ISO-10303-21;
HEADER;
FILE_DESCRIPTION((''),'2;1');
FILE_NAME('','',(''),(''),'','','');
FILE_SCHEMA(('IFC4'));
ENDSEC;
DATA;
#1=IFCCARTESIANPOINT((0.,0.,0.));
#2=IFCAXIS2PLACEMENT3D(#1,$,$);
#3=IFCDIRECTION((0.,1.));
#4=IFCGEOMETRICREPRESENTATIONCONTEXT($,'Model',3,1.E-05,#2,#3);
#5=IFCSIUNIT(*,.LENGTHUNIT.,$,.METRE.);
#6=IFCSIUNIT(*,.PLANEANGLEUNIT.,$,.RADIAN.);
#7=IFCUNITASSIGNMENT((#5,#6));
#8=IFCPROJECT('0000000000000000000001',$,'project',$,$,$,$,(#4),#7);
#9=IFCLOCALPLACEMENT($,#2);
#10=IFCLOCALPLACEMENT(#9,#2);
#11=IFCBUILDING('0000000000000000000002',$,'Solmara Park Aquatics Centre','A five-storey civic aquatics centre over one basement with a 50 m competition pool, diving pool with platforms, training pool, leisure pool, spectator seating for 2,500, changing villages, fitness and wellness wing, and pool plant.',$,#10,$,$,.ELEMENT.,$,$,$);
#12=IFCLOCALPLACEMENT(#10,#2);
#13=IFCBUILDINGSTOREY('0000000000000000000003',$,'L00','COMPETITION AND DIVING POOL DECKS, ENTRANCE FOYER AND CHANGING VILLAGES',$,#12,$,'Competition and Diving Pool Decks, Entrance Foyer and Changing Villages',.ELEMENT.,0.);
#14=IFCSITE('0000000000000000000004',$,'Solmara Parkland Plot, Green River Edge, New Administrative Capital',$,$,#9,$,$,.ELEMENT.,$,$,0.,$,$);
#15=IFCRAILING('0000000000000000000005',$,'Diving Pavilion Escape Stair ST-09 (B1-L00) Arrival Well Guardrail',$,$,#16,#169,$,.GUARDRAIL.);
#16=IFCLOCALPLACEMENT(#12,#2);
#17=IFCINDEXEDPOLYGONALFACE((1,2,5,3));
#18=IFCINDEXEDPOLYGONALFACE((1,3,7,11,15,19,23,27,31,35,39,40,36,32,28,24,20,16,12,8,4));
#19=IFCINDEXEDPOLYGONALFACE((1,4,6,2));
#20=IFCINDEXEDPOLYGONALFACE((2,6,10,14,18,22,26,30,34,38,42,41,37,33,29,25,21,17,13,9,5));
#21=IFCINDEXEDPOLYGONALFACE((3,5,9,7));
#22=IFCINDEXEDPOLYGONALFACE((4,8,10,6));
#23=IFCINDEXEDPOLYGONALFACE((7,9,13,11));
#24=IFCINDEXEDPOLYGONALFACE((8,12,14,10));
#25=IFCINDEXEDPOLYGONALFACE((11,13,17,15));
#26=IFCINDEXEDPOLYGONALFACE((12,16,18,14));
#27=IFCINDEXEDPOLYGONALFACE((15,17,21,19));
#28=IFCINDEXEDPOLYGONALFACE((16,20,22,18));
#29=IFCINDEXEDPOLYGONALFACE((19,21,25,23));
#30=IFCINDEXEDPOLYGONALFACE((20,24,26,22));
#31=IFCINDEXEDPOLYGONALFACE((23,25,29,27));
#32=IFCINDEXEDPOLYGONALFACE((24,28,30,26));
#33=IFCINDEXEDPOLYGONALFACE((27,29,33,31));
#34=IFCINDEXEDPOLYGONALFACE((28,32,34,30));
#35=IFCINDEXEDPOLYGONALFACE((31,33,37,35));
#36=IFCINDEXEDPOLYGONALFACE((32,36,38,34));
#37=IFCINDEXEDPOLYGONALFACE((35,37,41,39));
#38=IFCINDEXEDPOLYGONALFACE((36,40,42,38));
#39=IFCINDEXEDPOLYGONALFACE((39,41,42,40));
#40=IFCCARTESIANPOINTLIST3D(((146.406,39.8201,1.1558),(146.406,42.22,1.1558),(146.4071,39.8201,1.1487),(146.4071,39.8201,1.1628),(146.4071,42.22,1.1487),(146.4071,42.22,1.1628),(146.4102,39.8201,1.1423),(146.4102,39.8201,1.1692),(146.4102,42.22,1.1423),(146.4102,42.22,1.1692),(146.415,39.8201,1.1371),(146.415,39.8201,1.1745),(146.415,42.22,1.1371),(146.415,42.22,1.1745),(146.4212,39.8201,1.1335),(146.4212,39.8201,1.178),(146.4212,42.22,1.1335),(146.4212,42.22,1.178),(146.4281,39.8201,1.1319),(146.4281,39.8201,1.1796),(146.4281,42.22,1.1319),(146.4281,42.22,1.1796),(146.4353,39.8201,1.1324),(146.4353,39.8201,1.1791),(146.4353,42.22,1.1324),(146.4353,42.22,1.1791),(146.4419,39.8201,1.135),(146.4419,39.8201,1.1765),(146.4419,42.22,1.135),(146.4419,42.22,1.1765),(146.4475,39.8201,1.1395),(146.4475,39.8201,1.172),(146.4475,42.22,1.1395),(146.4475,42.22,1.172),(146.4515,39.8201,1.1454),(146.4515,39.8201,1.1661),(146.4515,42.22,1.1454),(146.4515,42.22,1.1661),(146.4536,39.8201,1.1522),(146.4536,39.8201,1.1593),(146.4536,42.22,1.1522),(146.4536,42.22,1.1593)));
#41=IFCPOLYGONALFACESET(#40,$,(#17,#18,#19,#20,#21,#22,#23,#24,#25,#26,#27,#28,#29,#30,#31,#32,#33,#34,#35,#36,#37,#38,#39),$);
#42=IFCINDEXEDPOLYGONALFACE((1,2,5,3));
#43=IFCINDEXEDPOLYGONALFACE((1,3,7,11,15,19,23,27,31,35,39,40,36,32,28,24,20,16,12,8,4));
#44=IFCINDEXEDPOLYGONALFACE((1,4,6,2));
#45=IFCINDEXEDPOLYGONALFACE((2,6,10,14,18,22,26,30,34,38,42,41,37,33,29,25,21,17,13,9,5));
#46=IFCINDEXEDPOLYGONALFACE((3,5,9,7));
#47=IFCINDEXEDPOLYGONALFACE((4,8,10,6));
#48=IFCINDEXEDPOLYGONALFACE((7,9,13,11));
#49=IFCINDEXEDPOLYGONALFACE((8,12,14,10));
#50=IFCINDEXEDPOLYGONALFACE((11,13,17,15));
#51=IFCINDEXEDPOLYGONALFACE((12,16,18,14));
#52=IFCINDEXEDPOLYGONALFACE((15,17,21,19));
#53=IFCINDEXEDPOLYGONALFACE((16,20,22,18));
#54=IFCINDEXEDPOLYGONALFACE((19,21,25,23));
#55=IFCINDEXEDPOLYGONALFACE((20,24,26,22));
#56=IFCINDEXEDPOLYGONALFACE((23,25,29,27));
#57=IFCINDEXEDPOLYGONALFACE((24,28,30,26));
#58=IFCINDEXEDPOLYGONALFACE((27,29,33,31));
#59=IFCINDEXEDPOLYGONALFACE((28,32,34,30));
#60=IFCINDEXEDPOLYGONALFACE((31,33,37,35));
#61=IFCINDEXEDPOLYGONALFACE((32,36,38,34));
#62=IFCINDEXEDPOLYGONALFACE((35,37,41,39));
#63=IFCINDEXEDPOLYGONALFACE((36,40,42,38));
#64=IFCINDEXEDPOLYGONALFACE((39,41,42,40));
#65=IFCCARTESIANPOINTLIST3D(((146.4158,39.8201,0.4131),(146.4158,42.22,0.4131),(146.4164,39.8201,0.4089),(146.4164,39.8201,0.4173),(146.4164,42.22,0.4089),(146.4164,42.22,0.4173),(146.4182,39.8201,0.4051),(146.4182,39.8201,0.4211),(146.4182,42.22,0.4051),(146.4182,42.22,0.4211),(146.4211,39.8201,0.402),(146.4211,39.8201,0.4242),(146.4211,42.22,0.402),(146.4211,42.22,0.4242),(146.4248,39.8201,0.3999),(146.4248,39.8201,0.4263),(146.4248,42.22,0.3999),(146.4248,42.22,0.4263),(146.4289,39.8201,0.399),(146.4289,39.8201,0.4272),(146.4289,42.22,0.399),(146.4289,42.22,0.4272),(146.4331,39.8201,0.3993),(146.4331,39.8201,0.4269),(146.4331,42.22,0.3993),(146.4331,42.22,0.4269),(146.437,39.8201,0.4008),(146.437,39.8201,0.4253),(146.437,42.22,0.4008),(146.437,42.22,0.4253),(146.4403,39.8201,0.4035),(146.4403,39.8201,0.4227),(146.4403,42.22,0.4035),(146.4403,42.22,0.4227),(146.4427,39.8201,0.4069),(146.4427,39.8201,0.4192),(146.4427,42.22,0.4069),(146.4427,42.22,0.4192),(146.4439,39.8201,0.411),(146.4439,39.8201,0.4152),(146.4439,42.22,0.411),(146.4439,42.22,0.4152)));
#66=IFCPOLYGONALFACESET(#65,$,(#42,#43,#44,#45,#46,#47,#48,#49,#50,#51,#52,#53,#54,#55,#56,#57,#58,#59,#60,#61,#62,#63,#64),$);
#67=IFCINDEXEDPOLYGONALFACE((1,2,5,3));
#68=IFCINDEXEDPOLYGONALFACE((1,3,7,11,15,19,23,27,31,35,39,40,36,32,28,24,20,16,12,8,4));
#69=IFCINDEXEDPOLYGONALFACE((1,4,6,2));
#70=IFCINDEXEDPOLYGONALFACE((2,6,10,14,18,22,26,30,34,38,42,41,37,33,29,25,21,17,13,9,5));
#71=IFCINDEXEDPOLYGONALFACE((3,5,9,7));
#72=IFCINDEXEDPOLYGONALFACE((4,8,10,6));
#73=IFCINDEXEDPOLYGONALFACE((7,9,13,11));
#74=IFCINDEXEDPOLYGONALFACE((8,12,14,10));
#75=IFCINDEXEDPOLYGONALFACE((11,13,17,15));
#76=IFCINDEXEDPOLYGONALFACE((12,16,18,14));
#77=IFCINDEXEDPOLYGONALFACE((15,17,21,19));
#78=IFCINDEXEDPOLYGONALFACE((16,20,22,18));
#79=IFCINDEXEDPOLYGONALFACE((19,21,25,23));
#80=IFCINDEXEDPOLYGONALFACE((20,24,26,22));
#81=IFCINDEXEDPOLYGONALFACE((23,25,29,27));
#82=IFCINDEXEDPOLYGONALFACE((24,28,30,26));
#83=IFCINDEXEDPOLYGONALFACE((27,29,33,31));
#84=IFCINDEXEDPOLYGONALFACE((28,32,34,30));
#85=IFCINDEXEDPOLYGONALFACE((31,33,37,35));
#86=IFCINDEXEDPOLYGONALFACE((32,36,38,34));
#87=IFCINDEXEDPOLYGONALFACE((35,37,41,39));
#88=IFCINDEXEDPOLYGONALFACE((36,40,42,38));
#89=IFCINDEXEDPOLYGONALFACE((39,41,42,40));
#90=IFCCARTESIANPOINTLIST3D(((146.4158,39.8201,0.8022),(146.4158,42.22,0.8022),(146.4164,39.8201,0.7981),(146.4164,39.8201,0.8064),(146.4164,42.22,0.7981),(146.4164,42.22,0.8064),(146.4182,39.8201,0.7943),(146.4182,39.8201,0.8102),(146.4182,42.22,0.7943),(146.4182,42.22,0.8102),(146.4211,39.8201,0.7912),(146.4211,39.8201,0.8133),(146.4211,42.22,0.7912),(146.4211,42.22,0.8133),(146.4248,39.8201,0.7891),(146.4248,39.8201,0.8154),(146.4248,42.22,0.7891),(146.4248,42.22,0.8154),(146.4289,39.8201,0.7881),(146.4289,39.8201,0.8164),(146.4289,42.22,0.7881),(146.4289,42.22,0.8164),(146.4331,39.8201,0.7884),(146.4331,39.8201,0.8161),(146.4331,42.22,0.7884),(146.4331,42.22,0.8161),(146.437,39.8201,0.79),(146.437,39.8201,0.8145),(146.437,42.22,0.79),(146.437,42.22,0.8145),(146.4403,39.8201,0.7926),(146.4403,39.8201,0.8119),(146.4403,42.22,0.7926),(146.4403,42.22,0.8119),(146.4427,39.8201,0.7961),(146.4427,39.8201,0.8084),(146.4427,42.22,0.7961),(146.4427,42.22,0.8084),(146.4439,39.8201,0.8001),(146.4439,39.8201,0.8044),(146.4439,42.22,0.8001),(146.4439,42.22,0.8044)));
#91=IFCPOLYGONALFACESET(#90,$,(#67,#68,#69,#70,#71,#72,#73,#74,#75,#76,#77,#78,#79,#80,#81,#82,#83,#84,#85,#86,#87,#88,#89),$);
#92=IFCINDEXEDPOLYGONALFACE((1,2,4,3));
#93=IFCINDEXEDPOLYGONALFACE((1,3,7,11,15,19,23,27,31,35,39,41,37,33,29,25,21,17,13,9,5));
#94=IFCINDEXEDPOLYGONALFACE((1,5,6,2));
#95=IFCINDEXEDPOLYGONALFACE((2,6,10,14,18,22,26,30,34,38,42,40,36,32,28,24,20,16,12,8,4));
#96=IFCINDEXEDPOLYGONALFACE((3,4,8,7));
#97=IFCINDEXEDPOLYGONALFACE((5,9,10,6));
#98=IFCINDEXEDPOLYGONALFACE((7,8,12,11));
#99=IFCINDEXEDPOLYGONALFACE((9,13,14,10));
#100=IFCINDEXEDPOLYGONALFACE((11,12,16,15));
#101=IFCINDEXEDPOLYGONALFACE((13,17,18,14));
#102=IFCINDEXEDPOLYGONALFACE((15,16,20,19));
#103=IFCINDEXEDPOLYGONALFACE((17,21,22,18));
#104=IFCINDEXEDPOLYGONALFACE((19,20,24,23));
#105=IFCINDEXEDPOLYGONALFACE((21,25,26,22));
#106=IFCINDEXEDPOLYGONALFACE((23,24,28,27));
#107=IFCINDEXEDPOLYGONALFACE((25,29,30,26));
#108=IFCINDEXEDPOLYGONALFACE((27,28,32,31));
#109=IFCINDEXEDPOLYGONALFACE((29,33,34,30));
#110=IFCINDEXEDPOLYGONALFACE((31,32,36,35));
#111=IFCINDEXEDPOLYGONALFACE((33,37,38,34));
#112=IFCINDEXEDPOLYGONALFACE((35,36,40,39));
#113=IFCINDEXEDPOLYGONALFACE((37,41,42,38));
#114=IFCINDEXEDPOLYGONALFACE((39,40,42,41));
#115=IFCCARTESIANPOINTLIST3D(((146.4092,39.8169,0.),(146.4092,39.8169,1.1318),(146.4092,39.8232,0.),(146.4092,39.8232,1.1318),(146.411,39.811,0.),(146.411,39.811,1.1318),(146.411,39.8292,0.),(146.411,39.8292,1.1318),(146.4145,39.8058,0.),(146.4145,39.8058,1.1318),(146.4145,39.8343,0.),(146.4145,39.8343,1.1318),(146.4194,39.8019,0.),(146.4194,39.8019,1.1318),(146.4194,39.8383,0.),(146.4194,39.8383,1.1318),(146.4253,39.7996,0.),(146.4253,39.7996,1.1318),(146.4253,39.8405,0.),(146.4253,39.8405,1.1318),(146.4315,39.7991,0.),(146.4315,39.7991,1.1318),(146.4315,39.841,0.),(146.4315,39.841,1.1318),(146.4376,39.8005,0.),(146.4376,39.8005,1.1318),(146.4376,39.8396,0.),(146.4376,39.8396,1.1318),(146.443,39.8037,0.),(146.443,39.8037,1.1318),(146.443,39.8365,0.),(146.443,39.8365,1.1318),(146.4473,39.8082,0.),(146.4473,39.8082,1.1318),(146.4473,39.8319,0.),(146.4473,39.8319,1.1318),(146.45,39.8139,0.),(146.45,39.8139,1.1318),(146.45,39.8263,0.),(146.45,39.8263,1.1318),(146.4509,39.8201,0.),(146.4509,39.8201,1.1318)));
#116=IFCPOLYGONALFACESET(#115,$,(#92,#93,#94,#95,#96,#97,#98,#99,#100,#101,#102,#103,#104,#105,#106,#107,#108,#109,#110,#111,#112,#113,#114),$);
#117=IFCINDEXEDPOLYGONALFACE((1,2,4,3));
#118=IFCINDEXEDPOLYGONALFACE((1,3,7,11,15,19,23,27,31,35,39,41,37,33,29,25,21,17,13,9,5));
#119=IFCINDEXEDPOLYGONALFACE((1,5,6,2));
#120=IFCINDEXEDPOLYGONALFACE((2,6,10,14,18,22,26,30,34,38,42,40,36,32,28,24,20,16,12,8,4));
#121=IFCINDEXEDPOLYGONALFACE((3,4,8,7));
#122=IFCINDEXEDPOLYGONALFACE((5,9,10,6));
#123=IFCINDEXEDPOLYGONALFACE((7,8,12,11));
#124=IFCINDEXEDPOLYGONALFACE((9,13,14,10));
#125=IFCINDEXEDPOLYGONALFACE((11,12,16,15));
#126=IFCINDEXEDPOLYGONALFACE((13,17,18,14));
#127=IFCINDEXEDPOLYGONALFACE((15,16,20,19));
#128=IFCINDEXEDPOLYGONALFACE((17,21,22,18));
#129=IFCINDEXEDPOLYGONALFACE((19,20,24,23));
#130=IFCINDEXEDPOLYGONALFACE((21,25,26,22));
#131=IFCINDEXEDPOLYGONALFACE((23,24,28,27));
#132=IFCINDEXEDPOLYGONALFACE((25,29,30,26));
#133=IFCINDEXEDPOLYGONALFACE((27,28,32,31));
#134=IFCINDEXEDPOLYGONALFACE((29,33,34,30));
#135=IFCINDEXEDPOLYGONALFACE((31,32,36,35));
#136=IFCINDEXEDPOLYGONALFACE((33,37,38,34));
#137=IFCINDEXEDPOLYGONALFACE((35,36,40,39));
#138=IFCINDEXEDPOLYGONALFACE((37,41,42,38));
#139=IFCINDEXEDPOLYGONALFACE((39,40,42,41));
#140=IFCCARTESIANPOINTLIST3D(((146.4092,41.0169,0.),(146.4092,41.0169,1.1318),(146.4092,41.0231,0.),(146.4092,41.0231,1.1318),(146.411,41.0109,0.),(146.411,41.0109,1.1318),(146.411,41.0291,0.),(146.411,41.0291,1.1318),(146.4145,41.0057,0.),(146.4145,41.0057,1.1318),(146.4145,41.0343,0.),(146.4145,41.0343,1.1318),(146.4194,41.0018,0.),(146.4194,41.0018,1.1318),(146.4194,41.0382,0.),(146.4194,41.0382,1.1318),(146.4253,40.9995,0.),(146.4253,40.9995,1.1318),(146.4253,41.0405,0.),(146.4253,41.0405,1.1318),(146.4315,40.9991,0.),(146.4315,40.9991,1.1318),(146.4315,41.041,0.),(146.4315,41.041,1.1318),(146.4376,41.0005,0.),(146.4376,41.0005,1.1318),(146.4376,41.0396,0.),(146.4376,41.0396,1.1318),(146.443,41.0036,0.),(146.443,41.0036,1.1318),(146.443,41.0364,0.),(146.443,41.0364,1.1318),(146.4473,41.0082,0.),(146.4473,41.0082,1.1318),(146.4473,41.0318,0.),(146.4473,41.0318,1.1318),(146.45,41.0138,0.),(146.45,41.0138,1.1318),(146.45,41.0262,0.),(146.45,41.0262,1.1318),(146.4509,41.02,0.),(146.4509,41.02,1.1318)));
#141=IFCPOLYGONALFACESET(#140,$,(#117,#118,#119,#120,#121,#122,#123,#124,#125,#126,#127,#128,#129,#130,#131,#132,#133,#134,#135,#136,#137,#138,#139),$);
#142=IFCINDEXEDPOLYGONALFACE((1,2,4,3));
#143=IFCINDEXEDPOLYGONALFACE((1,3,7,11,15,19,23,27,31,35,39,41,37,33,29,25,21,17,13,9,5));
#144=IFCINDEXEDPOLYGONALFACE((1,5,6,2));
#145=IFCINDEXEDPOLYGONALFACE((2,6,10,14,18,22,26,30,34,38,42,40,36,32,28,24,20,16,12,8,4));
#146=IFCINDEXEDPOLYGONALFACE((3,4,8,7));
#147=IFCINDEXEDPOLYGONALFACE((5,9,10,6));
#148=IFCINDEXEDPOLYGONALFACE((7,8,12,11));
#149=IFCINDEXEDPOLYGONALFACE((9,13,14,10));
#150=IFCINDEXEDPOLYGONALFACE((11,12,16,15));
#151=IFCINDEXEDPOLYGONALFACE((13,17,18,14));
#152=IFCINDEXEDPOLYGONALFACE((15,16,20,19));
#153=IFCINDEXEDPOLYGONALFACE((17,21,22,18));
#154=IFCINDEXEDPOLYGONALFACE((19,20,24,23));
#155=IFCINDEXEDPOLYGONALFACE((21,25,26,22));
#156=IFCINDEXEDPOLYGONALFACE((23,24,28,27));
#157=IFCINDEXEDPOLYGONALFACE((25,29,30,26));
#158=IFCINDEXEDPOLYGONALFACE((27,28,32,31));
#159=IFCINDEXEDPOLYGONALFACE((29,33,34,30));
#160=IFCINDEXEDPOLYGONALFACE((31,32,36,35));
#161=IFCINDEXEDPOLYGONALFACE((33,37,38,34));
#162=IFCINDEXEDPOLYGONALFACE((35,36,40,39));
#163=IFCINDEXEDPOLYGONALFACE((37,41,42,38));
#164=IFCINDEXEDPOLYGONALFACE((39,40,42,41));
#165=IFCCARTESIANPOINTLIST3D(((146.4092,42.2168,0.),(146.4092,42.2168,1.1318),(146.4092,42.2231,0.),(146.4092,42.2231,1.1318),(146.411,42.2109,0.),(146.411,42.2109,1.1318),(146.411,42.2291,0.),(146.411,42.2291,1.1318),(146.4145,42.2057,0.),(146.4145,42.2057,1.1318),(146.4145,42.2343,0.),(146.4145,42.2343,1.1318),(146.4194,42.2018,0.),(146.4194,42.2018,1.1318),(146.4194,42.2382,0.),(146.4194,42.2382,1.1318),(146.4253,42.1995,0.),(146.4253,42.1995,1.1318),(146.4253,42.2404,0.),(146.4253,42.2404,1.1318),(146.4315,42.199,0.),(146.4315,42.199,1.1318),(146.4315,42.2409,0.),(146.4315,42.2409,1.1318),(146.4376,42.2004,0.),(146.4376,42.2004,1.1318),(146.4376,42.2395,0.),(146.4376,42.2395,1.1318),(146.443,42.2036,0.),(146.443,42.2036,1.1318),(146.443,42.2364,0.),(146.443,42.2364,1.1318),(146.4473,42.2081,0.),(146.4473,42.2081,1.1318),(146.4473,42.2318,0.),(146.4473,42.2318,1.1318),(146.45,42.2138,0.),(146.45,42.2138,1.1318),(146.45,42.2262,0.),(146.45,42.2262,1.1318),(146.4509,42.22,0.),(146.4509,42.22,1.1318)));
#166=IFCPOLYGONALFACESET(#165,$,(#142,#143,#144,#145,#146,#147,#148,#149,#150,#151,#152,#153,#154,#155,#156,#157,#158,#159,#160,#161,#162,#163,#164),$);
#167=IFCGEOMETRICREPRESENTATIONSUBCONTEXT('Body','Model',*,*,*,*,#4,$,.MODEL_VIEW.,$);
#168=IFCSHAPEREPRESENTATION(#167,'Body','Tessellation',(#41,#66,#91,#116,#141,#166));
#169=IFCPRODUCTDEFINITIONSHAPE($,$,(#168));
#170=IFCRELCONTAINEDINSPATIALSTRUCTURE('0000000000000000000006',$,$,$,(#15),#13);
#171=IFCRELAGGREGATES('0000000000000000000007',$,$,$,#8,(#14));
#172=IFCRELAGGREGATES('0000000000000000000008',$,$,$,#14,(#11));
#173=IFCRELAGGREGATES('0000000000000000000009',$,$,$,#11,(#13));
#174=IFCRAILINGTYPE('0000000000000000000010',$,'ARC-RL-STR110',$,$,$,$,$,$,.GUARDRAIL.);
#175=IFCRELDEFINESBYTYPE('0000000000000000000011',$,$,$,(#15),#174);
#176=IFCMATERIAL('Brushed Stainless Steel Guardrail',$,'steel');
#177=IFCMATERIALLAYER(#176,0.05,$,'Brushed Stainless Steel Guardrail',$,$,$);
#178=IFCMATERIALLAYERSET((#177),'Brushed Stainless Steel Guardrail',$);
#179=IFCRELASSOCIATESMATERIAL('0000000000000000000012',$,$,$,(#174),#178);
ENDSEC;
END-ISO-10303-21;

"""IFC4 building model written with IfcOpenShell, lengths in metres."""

from ifc_helpers import new_model, si_unit, direction, frame, origin, origin_2d, place, context, subcontext, project, spatial, circle, extrude, material, layer, layer_set, type_object, element, save


model = new_model("IFC4")

# Units and contexts
model_context = context("Model", 3, precision=1e-05, world=origin(), true_north=direction((0.0, 1.0)))
body_context = subcontext(model_context, "Body", "Model", "MODEL_VIEW")
ifc_project = project(units=[si_unit("LENGTHUNIT", "METRE"), si_unit("PLANEANGLEUNIT", "RADIAN")], contexts=[model_context])

# Site, building, storey
site_placement = place(None, origin())
site = spatial("IfcSite", under=ifc_project, at=site_placement, Name="Solmara Parkland Plot, Green River Edge, New Administrative Capital", CompositionType="ELEMENT", RefElevation=0.0)
building_placement = place(site_placement, origin())
building = spatial("IfcBuilding", under=site, at=building_placement, Name="Solmara Park Aquatics Centre", Description="A five-storey civic aquatics centre over one basement with a 50 m competition pool, diving pool with platforms, training pool, leisure pool, spectator seating for 2,500, changing villages, fitness and wellness wing, and pool plant.", CompositionType="ELEMENT")
storey_placement = place(building_placement, origin())
storey = spatial("IfcBuildingStorey", under=building, at=storey_placement, Name="L00", Description="COMPETITION AND DIVING POOL DECKS, ENTRANCE FOYER AND CHANGING VILLAGES", LongName="Competition and Diving Pool Decks, Entrance Foyer and Changing Villages", CompositionType="ELEMENT", Elevation=0.0)

# Railing
ifc_material_1 = material(Name="Brushed Stainless Steel Guardrail", Category="steel")
ifc_layer_1 = layer(ifc_material_1, 0.05, Name="Brushed Stainless Steel Guardrail")
ifc_layer_set_1 = layer_set([ifc_layer_1], Name="Brushed Stainless Steel Guardrail")
railing_type_1 = type_object("IfcRailingType", Name="ARC-RL-STR110", PredefinedType="GUARDRAIL", material=ifc_layer_set_1)
railing_1_placement = place(storey_placement, frame((146.4299, 39.8201, 0.0)))
element("IfcRailing", 1, at=railing_1_placement, inside=storey, type_object=railing_type_1, Name="Diving Pavilion Escape Stair ST-09 (B1-L00) Arrival Well Guardrail", PredefinedType="GUARDRAIL", context=body_context, shape_type="SweptSolid", body=[
    extrude(circle(Radius=0.0239, at=origin_2d()), frame((0.0, 0.0, 1.1558), z_axis=(0.0, 1.0, 0.0), x_axis=(-1.0, 0.0, 0.0)), (0.0, 0.0, 1.0), 2.3999),
    extrude(circle(Radius=0.0142, at=origin_2d()), frame((0.0, 0.0, 0.4131), z_axis=(0.0, 1.0, 0.0), x_axis=(-1.0, 0.0, 0.0)), (0.0, 0.0, 1.0), 2.3999),
    extrude(circle(Radius=0.0142, at=origin_2d()), frame((0.0, 0.0, 0.8022), z_axis=(0.0, 1.0, 0.0), x_axis=(-1.0, 0.0, 0.0)), (0.0, 0.0, 1.0), 2.3999),
    extrude(circle(Radius=0.021, at=origin_2d()), origin(), (0.0, 0.0, 1.0), 1.1318),
    extrude(circle(Radius=0.021, at=origin_2d()), frame((0.0, 1.2, 0.0)), (0.0, 0.0, 1.0), 1.1318),
    extrude(circle(Radius=0.021, at=origin_2d()), frame((0.0, 2.3999, 0.0)), (0.0, 0.0, 1.0), 1.1318),
])

save(model, "model.ifc")
